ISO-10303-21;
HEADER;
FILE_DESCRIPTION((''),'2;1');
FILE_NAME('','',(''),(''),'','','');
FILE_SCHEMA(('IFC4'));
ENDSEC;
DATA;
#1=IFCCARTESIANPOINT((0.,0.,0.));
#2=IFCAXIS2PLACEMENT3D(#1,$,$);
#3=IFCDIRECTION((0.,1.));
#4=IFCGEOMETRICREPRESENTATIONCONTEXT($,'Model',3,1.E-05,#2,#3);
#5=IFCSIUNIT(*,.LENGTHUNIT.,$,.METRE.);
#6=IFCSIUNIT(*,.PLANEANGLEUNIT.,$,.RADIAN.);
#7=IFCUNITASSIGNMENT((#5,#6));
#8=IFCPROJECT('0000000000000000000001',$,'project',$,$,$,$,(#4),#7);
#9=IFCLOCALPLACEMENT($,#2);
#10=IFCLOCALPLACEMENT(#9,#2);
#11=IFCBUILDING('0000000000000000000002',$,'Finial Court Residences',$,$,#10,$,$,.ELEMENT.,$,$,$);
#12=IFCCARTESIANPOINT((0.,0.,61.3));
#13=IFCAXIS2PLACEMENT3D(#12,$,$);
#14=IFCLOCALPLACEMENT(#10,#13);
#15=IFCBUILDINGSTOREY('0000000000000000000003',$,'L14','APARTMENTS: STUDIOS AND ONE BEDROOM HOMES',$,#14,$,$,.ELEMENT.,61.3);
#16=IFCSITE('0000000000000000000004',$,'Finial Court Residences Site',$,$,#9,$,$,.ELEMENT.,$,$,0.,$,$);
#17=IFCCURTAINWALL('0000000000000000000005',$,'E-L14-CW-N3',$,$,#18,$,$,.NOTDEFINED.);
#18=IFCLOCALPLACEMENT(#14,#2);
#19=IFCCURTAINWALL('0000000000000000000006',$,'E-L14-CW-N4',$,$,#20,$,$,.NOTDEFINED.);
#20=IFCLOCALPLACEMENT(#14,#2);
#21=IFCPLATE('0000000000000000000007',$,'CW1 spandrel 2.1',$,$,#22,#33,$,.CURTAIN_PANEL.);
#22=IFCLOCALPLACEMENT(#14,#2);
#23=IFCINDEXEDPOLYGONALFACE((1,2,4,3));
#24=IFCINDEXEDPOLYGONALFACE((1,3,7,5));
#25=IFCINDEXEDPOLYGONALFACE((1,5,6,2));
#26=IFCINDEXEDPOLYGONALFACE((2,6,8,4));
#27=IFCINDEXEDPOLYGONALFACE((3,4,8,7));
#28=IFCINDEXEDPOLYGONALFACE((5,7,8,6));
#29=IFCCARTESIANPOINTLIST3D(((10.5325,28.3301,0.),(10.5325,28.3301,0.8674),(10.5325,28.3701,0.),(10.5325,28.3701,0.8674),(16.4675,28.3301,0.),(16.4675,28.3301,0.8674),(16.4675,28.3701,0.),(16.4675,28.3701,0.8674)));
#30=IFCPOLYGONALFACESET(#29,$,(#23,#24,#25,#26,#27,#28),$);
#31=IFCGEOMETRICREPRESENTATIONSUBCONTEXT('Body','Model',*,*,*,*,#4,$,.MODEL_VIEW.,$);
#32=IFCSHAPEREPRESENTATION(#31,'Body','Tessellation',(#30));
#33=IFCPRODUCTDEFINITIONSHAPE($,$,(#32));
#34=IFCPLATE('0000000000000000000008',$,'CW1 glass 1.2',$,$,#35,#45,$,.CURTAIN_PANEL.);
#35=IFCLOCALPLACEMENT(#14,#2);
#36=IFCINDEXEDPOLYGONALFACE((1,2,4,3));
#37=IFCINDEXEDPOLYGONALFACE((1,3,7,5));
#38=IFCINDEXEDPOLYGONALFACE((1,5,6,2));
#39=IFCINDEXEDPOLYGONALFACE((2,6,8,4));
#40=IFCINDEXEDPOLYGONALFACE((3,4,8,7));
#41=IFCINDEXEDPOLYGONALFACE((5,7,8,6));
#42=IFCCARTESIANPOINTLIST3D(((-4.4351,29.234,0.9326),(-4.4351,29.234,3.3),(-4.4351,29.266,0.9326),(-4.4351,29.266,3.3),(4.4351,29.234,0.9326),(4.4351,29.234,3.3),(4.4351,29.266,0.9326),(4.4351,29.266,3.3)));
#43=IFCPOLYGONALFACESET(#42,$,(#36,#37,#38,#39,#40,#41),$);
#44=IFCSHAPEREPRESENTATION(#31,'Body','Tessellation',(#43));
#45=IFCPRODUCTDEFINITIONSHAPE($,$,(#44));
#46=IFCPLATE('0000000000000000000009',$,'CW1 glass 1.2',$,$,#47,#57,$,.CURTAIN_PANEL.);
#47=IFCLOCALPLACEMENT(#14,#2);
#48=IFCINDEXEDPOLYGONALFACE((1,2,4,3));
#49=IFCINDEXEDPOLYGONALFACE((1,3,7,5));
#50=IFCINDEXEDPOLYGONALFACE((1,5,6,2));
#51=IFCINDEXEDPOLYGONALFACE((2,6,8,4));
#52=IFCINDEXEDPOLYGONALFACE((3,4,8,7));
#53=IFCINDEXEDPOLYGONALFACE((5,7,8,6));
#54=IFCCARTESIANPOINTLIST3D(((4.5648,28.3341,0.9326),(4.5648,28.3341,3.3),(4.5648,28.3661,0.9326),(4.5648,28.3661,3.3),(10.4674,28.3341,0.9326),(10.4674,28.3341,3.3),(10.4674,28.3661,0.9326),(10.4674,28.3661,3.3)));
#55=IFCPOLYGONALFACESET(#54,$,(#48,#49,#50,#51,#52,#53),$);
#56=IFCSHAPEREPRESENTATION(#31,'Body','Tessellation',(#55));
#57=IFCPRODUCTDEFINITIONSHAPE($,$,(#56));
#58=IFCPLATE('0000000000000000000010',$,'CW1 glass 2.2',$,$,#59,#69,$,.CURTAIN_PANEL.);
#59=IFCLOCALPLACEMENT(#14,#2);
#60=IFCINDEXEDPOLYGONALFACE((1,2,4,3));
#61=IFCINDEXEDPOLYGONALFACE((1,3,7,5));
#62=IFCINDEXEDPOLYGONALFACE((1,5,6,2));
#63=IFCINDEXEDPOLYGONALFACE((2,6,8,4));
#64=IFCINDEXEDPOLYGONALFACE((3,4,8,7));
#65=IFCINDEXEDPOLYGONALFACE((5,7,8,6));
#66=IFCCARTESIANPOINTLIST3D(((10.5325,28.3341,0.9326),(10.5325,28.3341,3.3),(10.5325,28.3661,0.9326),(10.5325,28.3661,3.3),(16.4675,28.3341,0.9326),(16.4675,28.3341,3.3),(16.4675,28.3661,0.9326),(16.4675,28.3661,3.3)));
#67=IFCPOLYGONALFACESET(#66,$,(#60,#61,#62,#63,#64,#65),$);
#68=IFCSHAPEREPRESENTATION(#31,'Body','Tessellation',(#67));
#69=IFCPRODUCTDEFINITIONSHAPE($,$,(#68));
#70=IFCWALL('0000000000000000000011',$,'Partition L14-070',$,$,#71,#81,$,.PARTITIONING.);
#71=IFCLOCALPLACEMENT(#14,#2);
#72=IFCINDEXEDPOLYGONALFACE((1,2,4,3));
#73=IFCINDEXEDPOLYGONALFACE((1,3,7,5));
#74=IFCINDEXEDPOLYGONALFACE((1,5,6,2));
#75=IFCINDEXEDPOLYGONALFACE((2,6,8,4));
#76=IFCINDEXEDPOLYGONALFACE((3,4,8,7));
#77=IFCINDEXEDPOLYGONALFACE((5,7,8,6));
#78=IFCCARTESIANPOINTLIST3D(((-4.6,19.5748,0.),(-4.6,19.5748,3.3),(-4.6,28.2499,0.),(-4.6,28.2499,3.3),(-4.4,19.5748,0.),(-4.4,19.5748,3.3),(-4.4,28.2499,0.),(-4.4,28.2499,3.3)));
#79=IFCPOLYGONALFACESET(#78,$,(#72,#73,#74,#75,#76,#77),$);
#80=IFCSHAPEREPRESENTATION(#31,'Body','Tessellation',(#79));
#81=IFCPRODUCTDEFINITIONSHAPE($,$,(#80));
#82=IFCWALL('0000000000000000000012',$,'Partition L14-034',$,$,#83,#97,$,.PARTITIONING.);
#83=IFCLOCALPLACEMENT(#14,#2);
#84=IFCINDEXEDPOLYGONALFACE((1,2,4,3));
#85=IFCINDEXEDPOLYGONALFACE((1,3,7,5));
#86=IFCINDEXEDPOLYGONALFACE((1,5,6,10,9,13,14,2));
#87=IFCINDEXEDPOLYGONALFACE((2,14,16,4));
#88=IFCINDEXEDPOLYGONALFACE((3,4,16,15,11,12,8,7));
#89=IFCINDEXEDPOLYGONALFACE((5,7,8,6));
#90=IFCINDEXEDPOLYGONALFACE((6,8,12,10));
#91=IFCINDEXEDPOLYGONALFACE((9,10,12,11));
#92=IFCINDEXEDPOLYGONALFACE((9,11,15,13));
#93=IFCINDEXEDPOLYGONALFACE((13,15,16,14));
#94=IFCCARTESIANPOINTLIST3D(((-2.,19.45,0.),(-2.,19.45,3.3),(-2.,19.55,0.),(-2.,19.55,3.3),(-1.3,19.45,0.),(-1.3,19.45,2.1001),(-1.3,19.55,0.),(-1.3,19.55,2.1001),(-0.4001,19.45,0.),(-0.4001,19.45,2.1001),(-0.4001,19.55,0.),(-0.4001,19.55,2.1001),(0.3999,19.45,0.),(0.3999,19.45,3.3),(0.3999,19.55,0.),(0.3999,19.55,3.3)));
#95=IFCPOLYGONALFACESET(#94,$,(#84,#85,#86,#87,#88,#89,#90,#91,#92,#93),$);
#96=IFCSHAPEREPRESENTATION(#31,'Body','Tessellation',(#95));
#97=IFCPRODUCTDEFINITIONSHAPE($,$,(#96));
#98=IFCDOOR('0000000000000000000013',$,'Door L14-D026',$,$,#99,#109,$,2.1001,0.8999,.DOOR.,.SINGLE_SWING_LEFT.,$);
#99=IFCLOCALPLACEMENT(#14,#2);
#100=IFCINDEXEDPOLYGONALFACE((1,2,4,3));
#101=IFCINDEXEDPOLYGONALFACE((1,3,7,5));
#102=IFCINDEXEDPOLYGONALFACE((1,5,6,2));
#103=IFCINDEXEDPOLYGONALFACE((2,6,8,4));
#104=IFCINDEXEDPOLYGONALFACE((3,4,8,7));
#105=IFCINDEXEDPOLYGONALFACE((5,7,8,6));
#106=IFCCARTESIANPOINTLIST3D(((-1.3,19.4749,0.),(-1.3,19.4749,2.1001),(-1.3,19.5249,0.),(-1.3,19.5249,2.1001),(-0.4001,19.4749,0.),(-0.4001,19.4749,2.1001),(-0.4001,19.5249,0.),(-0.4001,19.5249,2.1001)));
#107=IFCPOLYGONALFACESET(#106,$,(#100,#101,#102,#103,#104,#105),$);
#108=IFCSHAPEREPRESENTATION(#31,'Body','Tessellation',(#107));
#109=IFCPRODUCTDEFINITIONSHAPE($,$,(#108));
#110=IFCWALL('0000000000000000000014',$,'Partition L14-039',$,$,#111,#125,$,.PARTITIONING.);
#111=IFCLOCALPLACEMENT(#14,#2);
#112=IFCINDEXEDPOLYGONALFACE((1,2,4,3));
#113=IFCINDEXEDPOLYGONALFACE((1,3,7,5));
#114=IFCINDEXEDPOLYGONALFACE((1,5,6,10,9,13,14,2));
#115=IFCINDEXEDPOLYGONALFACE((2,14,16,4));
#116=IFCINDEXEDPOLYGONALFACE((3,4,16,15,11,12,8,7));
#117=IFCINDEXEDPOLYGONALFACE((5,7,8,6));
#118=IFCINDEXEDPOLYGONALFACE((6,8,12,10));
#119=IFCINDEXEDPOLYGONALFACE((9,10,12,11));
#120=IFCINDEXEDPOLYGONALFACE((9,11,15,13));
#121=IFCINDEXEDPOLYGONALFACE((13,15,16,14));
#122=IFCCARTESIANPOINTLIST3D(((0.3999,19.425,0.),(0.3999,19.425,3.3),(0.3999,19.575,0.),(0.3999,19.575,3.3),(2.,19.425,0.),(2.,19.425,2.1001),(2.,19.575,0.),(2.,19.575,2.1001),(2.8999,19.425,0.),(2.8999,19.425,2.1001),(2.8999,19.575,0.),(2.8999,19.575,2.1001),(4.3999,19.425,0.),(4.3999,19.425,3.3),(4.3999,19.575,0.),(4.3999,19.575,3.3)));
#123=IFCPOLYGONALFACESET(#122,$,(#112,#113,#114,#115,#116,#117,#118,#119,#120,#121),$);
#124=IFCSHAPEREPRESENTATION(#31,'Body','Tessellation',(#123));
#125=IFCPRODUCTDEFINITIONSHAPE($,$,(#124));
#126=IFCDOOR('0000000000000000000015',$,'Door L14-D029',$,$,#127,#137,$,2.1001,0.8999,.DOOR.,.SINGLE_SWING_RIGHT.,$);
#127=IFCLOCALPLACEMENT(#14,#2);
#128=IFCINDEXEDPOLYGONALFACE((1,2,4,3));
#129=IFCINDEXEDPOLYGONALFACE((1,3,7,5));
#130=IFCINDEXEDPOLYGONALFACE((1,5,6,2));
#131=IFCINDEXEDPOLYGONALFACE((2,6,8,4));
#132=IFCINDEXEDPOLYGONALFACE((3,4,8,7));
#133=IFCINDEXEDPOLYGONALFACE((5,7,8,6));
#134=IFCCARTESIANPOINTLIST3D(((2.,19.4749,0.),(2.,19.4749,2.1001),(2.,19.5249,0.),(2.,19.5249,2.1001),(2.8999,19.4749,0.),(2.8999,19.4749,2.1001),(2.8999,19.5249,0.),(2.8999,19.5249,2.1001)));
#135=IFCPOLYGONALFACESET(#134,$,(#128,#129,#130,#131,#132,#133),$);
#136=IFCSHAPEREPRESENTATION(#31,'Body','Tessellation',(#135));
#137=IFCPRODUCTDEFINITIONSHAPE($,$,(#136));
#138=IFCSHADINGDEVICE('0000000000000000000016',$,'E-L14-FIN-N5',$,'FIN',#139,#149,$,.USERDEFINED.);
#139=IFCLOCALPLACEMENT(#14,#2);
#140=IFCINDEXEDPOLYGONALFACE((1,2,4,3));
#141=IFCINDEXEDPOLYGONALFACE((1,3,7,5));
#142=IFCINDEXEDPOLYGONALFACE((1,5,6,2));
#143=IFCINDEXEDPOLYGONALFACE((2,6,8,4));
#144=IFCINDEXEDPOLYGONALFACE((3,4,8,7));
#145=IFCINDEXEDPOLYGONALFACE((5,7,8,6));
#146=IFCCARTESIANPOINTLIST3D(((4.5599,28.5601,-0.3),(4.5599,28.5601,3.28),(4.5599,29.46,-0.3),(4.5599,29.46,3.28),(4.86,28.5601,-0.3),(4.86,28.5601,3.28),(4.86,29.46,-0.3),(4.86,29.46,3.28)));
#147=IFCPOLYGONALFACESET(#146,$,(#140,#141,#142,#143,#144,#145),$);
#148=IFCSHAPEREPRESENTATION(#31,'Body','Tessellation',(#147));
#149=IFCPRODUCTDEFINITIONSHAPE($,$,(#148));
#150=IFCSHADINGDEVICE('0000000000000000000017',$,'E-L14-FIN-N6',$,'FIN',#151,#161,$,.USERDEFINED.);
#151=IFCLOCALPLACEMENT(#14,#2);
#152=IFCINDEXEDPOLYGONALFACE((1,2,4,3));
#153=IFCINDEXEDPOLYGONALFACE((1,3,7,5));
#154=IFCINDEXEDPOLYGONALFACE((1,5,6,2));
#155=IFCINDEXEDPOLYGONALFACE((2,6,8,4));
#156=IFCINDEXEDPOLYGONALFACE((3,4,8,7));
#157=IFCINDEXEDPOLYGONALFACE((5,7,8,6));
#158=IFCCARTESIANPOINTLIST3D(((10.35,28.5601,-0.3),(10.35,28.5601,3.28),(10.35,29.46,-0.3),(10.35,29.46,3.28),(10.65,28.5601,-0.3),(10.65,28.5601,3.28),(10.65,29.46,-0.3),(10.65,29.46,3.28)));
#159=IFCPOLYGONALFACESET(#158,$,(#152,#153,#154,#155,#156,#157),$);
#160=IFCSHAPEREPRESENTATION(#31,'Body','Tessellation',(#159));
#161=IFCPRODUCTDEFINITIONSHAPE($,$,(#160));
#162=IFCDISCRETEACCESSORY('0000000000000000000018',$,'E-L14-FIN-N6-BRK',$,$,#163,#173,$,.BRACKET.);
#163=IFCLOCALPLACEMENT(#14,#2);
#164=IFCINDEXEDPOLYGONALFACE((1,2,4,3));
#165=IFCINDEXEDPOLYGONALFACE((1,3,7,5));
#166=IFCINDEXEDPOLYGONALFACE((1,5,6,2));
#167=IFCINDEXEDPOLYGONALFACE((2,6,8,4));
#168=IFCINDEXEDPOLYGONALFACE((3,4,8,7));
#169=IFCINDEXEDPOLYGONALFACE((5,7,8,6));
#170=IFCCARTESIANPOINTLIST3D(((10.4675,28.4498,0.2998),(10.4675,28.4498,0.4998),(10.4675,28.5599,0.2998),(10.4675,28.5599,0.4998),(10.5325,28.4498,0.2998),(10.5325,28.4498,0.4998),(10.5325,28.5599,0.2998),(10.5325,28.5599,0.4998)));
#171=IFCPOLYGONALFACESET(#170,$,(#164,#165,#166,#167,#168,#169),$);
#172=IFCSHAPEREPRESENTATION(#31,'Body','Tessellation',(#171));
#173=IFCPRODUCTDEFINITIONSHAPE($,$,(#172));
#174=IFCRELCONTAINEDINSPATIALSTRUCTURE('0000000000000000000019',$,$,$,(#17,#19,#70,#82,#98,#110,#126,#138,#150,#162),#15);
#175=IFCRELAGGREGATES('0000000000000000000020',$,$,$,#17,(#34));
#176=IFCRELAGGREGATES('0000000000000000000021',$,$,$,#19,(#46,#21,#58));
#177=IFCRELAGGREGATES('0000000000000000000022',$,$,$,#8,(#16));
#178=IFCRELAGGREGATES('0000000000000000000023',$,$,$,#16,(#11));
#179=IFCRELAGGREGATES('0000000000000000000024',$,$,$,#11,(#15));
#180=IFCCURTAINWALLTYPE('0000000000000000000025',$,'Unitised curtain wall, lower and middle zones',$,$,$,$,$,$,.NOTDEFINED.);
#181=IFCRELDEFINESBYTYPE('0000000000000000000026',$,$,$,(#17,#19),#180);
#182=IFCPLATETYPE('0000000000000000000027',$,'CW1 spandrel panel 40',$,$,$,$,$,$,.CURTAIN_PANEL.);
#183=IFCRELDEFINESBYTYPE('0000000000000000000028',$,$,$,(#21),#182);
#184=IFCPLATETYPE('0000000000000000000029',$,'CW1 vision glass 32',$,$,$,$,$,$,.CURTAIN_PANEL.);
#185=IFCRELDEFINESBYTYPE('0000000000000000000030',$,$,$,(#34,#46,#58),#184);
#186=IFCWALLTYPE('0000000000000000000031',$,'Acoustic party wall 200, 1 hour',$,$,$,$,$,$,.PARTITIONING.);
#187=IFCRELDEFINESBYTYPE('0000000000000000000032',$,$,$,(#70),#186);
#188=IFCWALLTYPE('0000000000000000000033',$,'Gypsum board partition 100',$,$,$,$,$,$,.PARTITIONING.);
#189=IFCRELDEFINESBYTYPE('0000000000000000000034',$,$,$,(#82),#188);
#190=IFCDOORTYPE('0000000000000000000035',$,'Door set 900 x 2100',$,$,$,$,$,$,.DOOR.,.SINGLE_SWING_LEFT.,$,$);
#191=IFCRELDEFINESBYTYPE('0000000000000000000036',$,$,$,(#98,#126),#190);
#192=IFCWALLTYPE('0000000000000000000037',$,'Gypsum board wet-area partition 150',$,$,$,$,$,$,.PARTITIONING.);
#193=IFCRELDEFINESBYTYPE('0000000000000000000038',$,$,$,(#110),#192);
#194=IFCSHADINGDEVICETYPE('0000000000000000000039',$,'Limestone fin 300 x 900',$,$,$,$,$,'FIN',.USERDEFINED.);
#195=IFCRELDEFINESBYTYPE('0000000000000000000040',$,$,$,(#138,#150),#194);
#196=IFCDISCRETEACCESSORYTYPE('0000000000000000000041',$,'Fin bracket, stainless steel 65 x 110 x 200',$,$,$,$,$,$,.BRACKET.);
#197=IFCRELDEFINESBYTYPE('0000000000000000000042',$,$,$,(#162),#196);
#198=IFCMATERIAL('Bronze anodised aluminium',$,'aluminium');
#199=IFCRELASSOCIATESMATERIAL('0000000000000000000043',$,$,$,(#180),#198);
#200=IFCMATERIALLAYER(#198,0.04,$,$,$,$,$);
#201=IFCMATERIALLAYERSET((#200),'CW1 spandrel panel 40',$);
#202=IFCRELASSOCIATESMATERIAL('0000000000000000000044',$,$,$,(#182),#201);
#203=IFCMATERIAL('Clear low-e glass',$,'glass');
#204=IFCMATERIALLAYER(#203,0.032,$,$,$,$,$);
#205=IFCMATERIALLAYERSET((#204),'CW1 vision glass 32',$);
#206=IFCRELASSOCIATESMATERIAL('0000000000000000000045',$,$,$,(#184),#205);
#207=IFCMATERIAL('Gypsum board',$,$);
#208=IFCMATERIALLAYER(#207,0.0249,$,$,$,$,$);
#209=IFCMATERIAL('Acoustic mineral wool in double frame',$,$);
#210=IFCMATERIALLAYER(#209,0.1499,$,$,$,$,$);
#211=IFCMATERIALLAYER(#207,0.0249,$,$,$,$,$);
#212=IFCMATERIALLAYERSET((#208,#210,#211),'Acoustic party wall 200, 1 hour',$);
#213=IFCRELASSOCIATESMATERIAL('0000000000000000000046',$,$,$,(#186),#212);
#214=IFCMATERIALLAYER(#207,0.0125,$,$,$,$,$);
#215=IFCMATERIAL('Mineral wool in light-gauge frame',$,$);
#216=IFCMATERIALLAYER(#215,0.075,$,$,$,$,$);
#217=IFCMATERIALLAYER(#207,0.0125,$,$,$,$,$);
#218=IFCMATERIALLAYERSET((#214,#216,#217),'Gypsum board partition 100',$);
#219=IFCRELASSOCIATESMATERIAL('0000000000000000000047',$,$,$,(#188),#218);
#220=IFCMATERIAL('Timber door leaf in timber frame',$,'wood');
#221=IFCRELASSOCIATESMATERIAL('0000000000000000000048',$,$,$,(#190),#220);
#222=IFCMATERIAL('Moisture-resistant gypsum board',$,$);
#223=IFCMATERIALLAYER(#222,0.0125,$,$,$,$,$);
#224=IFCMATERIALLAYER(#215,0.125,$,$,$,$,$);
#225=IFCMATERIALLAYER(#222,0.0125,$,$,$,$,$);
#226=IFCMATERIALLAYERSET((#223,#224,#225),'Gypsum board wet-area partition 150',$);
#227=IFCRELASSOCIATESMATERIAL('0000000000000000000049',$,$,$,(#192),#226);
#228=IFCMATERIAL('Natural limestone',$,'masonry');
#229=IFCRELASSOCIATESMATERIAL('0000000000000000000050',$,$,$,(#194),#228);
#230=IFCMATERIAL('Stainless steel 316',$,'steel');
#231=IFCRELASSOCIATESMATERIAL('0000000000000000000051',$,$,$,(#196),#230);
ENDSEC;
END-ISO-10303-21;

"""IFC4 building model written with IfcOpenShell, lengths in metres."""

from ifc_helpers import new_model, si_unit, direction, frame, frame_2d, origin, origin_2d, place, context, subcontext, project, spatial, rectangle, extrude, material, layer, layer_set, type_object, element, fill, aggregate, save


model = new_model("IFC4")

# Units and contexts
model_context = context("Model", 3, precision=1e-05, world=origin(), true_north=direction((0.0, 1.0)))
body_context = subcontext(model_context, "Body", "Model", "MODEL_VIEW")
ifc_project = project(units=[si_unit("LENGTHUNIT", "METRE"), si_unit("PLANEANGLEUNIT", "RADIAN")], contexts=[model_context])

# Site, building, storey
site_placement = place(None, origin())
site = spatial("IfcSite", under=ifc_project, at=site_placement, Name="Finial Court Residences Site", CompositionType="ELEMENT", RefElevation=0.0)
building_placement = place(site_placement, origin())
building = spatial("IfcBuilding", under=site, at=building_placement, Name="Finial Court Residences", CompositionType="ELEMENT")
storey_placement = place(building_placement, frame((0.0, 0.0, 61.3)))
storey = spatial("IfcBuildingStorey", under=building, at=storey_placement, Name="L14", Description="APARTMENTS: STUDIOS AND ONE BEDROOM HOMES", CompositionType="ELEMENT", Elevation=61.3)

# Curtain walls
ifc_material_1 = material(Name="Bronze anodised aluminium", Category="aluminium")
curtain_wall_type = type_object("IfcCurtainWallType", Name="Unitised curtain wall, lower and middle zones", PredefinedType="NOTDEFINED", material=ifc_material_1)
curtain_wall_1_placement = place(storey_placement, origin())
curtain_wall_1 = element("IfcCurtainWall", 1, at=curtain_wall_1_placement, inside=storey, type_object=curtain_wall_type, Name="E-L14-CW-N3", PredefinedType="NOTDEFINED")
curtain_wall_2_placement = place(storey_placement, origin())
curtain_wall_2 = element("IfcCurtainWall", 2, at=curtain_wall_2_placement, inside=storey, type_object=curtain_wall_type, Name="E-L14-CW-N4", PredefinedType="NOTDEFINED")

# Plates
ifc_layer_1 = layer(ifc_material_1, 0.04)
ifc_layer_set_1 = layer_set([ifc_layer_1], Name="CW1 spandrel panel 40")
plate_type_1 = type_object("IfcPlateType", Name="CW1 spandrel panel 40", PredefinedType="CURTAIN_PANEL", material=ifc_layer_set_1)
plate_1_placement = place(storey_placement, frame((13.5, 28.3501, 0.0), z_axis=(0.0, 0.0, 1.0), x_axis=(1.0, 0.0, 0.0)))
plate_1 = element("IfcPlate", 3, at=plate_1_placement, type_object=plate_type_1, Name="CW1 spandrel 2.1", PredefinedType="CURTAIN_PANEL", context=body_context, shape_type="SweptSolid", body=[
    extrude(rectangle(XDim=5.9351, YDim=0.04, at=origin_2d()), origin(), (0.0, 0.0, 1.0), 0.8674),
])
ifc_material_2 = material(Name="Clear low-e glass", Category="glass")
ifc_layer_2 = layer(ifc_material_2, 0.032)
ifc_layer_set_2 = layer_set([ifc_layer_2], Name="CW1 vision glass 32")
plate_type_2 = type_object("IfcPlateType", Name="CW1 vision glass 32", PredefinedType="CURTAIN_PANEL", material=ifc_layer_set_2)
plate_2_placement = place(storey_placement, frame((0.0, 29.25, 0.9326), z_axis=(0.0, 0.0, 1.0), x_axis=(1.0, 0.0, 0.0)))
plate_2 = element("IfcPlate", 4, at=plate_2_placement, type_object=plate_type_2, Name="CW1 glass 1.2", PredefinedType="CURTAIN_PANEL", context=body_context, shape_type="SweptSolid", body=[
    extrude(rectangle(XDim=8.8701, YDim=0.032, at=origin_2d()), origin(), (0.0, 0.0, 1.0), 2.3674),
])
aggregate(curtain_wall_1, [plate_2])
plate_3_placement = place(storey_placement, frame((7.5161, 28.3501, 0.9326), z_axis=(0.0, 0.0, 1.0), x_axis=(1.0, 0.0, 0.0)))
plate_3 = element("IfcPlate", 5, at=plate_3_placement, type_object=plate_type_2, Name="CW1 glass 1.2", PredefinedType="CURTAIN_PANEL", context=body_context, shape_type="SweptSolid", body=[
    extrude(rectangle(XDim=5.9026, YDim=0.032, at=origin_2d()), origin(), (0.0, 0.0, 1.0), 2.3674),
])
plate_4_placement = place(storey_placement, frame((13.5, 28.3501, 0.9326), z_axis=(0.0, 0.0, 1.0), x_axis=(1.0, 0.0, 0.0)))
plate_4 = element("IfcPlate", 6, at=plate_4_placement, type_object=plate_type_2, Name="CW1 glass 2.2", PredefinedType="CURTAIN_PANEL", context=body_context, shape_type="SweptSolid", body=[
    extrude(rectangle(XDim=5.9351, YDim=0.032, at=origin_2d()), origin(), (0.0, 0.0, 1.0), 2.3674),
])
aggregate(curtain_wall_2, [plate_3, plate_1, plate_4])

# Wall
ifc_material_3 = material(Name="Gypsum board")
ifc_layer_3 = layer(ifc_material_3, 0.0249)
ifc_material_4 = material(Name="Acoustic mineral wool in double frame")
ifc_layer_4 = layer(ifc_material_4, 0.1499)
ifc_layer_5 = layer(ifc_material_3, 0.0249)
ifc_layer_set_3 = layer_set([ifc_layer_3, ifc_layer_4, ifc_layer_5], Name="Acoustic party wall 200, 1 hour")
wall_type_1 = type_object("IfcWallType", Name="Acoustic party wall 200, 1 hour", PredefinedType="PARTITIONING", material=ifc_layer_set_3)
wall_1_placement = place(storey_placement, frame((-4.5, 19.575, 0.0), z_axis=(0.0, 0.0, 1.0), x_axis=(0.0, 1.0, 0.0)))
element("IfcWall", 7, at=wall_1_placement, inside=storey, type_object=wall_type_1, Name="Partition L14-070", PredefinedType="PARTITIONING", context=body_context, shape_type="SweptSolid", body=[
    extrude(rectangle(XDim=8.675, YDim=0.2, at=frame_2d((4.3374, 0.0))), origin(), (0.0, 0.0, 1.0), 3.3),
])

# Walls, openings, doors
ifc_layer_6 = layer(ifc_material_3, 0.0125)
ifc_material_5 = material(Name="Mineral wool in light-gauge frame")
ifc_layer_7 = layer(ifc_material_5, 0.075)
ifc_layer_8 = layer(ifc_material_3, 0.0125)
ifc_layer_set_4 = layer_set([ifc_layer_6, ifc_layer_7, ifc_layer_8], Name="Gypsum board partition 100")
wall_type_2 = type_object("IfcWallType", Name="Gypsum board partition 100", PredefinedType="PARTITIONING", material=ifc_layer_set_4)
wall_2_placement = place(storey_placement, frame((-2.0, 19.5, 0.0), z_axis=(0.0, 0.0, 1.0), x_axis=(1.0, 0.0, 0.0)))
wall_2 = element("IfcWall", 8, at=wall_2_placement, inside=storey, type_object=wall_type_2, Name="Partition L14-034", PredefinedType="PARTITIONING", context=body_context, shape_type="SweptSolid", body=[
    extrude(rectangle(XDim=2.3999, YDim=0.1001, at=frame_2d((1.2, 0.0))), origin(), (0.0, 0.0, 1.0), 3.3),
])
opening_1_placement = place(wall_2_placement, frame((0.7, 0.0, 0.0)))
opening_1 = element("IfcOpeningElement", 9, at=opening_1_placement, cuts=wall_2, PredefinedType="OPENING", context=body_context, shape_type="SweptSolid", body=[
    extrude(rectangle(XDim=0.8999, YDim=2.1001, at=frame_2d((0.45, 1.05))), frame((0.0, 0.0601, 0.0), z_axis=(0.0, -1.0, 0.0), x_axis=(1.0, 0.0, 0.0)), (0.0, 0.0, 1.0), 0.1201),
])
ifc_material_6 = material(Name="Timber door leaf in timber frame", Category="wood")
door_type = type_object("IfcDoorType", Name="Door set 900 x 2100", OperationType="SINGLE_SWING_LEFT", PredefinedType="DOOR", material=ifc_material_6)
door_1_placement = place(opening_1_placement, origin())
door_1 = element("IfcDoor", 10, at=door_1_placement, inside=storey, type_object=door_type, Name="Door L14-D026", OperationType="SINGLE_SWING_LEFT", OverallHeight=2.1001, OverallWidth=0.8999, PredefinedType="DOOR", context=body_context, shape_type="SweptSolid", body=[
    extrude(rectangle(XDim=0.8999, YDim=2.1001, at=frame_2d((0.45, 1.05))), frame((0.0, 0.0249, 0.0), z_axis=(0.0, -1.0, 0.0), x_axis=(1.0, 0.0, 0.0)), (0.0, 0.0, 1.0), 0.05),
])
fill(opening_1, door_1)
ifc_material_7 = material(Name="Moisture-resistant gypsum board")
ifc_layer_9 = layer(ifc_material_7, 0.0125)
ifc_layer_10 = layer(ifc_material_5, 0.125)
ifc_layer_11 = layer(ifc_material_7, 0.0125)
ifc_layer_set_5 = layer_set([ifc_layer_9, ifc_layer_10, ifc_layer_11], Name="Gypsum board wet-area partition 150")
wall_type_3 = type_object("IfcWallType", Name="Gypsum board wet-area partition 150", PredefinedType="PARTITIONING", material=ifc_layer_set_5)
wall_3_placement = place(storey_placement, frame((0.3999, 19.5, 0.0), z_axis=(0.0, 0.0, 1.0), x_axis=(1.0, 0.0, 0.0)))
wall_3 = element("IfcWall", 11, at=wall_3_placement, inside=storey, type_object=wall_type_3, Name="Partition L14-039", PredefinedType="PARTITIONING", context=body_context, shape_type="SweptSolid", body=[
    extrude(rectangle(XDim=4.0, YDim=0.1499, at=frame_2d((2.0, 0.0))), origin(), (0.0, 0.0, 1.0), 3.3),
])
opening_2_placement = place(wall_3_placement, frame((1.6001, 0.0, 0.0)))
opening_2 = element("IfcOpeningElement", 12, at=opening_2_placement, cuts=wall_3, PredefinedType="OPENING", context=body_context, shape_type="SweptSolid", body=[
    extrude(rectangle(XDim=0.8999, YDim=2.1001, at=frame_2d((0.45, 1.05))), frame((0.0, 0.085, 0.0), z_axis=(0.0, -1.0, 0.0), x_axis=(1.0, 0.0, 0.0)), (0.0, 0.0, 1.0), 0.1699),
])
door_2_placement = place(opening_2_placement, origin())
door_2 = element("IfcDoor", 13, at=door_2_placement, inside=storey, type_object=door_type, Name="Door L14-D029", OperationType="SINGLE_SWING_RIGHT", OverallHeight=2.1001, OverallWidth=0.8999, PredefinedType="DOOR", context=body_context, shape_type="SweptSolid", body=[
    extrude(rectangle(XDim=0.8999, YDim=2.1001, at=frame_2d((0.45, 1.05))), frame((0.0, 0.0249, 0.0), z_axis=(0.0, -1.0, 0.0), x_axis=(1.0, 0.0, 0.0)), (0.0, 0.0, 1.0), 0.05),
])
fill(opening_2, door_2)

# Shading devices
ifc_material_8 = material(Name="Natural limestone", Category="masonry")
shading_device_type = type_object("IfcShadingDeviceType", Name="Limestone fin 300 x 900", ElementType="FIN", PredefinedType="USERDEFINED", material=ifc_material_8)
for number, where, z_axis, x_axis, name in (
    (14, (4.71, 29.01, -0.3), (0.0, 0.0, 1.0), (1.0, 0.0, 0.0), "E-L14-FIN-N5"),
    (15, (10.5, 29.01, -0.3), (0.0, 0.0, 1.0), (1.0, 0.0, 0.0), "E-L14-FIN-N6"),
):
    element("IfcShadingDevice", number, at=place(storey_placement, frame(where, z_axis=z_axis, x_axis=x_axis)), inside=storey, type_object=shading_device_type, Name=name, ObjectType="FIN", PredefinedType="USERDEFINED", context=body_context, shape_type="SweptSolid", body=[
        extrude(rectangle(XDim=0.3, YDim=0.8999, at=origin_2d()), origin(), (0.0, 0.0, 1.0), 3.5801),
    ])

# Discrete accessory
ifc_material_9 = material(Name="Stainless steel 316", Category="steel")
discrete_accessory_type = type_object("IfcDiscreteAccessoryType", Name="Fin bracket, stainless steel 65 x 110 x 200", PredefinedType="BRACKET", material=ifc_material_9)
discrete_accessory_placement = place(storey_placement, frame((10.5, 28.5049, 0.2998), z_axis=(0.0, 0.0, 1.0), x_axis=(1.0, 0.0, 0.0)))
element("IfcDiscreteAccessory", 16, at=discrete_accessory_placement, inside=storey, type_object=discrete_accessory_type, Name="E-L14-FIN-N6-BRK", PredefinedType="BRACKET", context=body_context, shape_type="SweptSolid", body=[
    extrude(rectangle(XDim=0.0649, YDim=0.1101, at=origin_2d()), origin(), (0.0, 0.0, 1.0), 0.2),
])

save(model, "model.ifc")
